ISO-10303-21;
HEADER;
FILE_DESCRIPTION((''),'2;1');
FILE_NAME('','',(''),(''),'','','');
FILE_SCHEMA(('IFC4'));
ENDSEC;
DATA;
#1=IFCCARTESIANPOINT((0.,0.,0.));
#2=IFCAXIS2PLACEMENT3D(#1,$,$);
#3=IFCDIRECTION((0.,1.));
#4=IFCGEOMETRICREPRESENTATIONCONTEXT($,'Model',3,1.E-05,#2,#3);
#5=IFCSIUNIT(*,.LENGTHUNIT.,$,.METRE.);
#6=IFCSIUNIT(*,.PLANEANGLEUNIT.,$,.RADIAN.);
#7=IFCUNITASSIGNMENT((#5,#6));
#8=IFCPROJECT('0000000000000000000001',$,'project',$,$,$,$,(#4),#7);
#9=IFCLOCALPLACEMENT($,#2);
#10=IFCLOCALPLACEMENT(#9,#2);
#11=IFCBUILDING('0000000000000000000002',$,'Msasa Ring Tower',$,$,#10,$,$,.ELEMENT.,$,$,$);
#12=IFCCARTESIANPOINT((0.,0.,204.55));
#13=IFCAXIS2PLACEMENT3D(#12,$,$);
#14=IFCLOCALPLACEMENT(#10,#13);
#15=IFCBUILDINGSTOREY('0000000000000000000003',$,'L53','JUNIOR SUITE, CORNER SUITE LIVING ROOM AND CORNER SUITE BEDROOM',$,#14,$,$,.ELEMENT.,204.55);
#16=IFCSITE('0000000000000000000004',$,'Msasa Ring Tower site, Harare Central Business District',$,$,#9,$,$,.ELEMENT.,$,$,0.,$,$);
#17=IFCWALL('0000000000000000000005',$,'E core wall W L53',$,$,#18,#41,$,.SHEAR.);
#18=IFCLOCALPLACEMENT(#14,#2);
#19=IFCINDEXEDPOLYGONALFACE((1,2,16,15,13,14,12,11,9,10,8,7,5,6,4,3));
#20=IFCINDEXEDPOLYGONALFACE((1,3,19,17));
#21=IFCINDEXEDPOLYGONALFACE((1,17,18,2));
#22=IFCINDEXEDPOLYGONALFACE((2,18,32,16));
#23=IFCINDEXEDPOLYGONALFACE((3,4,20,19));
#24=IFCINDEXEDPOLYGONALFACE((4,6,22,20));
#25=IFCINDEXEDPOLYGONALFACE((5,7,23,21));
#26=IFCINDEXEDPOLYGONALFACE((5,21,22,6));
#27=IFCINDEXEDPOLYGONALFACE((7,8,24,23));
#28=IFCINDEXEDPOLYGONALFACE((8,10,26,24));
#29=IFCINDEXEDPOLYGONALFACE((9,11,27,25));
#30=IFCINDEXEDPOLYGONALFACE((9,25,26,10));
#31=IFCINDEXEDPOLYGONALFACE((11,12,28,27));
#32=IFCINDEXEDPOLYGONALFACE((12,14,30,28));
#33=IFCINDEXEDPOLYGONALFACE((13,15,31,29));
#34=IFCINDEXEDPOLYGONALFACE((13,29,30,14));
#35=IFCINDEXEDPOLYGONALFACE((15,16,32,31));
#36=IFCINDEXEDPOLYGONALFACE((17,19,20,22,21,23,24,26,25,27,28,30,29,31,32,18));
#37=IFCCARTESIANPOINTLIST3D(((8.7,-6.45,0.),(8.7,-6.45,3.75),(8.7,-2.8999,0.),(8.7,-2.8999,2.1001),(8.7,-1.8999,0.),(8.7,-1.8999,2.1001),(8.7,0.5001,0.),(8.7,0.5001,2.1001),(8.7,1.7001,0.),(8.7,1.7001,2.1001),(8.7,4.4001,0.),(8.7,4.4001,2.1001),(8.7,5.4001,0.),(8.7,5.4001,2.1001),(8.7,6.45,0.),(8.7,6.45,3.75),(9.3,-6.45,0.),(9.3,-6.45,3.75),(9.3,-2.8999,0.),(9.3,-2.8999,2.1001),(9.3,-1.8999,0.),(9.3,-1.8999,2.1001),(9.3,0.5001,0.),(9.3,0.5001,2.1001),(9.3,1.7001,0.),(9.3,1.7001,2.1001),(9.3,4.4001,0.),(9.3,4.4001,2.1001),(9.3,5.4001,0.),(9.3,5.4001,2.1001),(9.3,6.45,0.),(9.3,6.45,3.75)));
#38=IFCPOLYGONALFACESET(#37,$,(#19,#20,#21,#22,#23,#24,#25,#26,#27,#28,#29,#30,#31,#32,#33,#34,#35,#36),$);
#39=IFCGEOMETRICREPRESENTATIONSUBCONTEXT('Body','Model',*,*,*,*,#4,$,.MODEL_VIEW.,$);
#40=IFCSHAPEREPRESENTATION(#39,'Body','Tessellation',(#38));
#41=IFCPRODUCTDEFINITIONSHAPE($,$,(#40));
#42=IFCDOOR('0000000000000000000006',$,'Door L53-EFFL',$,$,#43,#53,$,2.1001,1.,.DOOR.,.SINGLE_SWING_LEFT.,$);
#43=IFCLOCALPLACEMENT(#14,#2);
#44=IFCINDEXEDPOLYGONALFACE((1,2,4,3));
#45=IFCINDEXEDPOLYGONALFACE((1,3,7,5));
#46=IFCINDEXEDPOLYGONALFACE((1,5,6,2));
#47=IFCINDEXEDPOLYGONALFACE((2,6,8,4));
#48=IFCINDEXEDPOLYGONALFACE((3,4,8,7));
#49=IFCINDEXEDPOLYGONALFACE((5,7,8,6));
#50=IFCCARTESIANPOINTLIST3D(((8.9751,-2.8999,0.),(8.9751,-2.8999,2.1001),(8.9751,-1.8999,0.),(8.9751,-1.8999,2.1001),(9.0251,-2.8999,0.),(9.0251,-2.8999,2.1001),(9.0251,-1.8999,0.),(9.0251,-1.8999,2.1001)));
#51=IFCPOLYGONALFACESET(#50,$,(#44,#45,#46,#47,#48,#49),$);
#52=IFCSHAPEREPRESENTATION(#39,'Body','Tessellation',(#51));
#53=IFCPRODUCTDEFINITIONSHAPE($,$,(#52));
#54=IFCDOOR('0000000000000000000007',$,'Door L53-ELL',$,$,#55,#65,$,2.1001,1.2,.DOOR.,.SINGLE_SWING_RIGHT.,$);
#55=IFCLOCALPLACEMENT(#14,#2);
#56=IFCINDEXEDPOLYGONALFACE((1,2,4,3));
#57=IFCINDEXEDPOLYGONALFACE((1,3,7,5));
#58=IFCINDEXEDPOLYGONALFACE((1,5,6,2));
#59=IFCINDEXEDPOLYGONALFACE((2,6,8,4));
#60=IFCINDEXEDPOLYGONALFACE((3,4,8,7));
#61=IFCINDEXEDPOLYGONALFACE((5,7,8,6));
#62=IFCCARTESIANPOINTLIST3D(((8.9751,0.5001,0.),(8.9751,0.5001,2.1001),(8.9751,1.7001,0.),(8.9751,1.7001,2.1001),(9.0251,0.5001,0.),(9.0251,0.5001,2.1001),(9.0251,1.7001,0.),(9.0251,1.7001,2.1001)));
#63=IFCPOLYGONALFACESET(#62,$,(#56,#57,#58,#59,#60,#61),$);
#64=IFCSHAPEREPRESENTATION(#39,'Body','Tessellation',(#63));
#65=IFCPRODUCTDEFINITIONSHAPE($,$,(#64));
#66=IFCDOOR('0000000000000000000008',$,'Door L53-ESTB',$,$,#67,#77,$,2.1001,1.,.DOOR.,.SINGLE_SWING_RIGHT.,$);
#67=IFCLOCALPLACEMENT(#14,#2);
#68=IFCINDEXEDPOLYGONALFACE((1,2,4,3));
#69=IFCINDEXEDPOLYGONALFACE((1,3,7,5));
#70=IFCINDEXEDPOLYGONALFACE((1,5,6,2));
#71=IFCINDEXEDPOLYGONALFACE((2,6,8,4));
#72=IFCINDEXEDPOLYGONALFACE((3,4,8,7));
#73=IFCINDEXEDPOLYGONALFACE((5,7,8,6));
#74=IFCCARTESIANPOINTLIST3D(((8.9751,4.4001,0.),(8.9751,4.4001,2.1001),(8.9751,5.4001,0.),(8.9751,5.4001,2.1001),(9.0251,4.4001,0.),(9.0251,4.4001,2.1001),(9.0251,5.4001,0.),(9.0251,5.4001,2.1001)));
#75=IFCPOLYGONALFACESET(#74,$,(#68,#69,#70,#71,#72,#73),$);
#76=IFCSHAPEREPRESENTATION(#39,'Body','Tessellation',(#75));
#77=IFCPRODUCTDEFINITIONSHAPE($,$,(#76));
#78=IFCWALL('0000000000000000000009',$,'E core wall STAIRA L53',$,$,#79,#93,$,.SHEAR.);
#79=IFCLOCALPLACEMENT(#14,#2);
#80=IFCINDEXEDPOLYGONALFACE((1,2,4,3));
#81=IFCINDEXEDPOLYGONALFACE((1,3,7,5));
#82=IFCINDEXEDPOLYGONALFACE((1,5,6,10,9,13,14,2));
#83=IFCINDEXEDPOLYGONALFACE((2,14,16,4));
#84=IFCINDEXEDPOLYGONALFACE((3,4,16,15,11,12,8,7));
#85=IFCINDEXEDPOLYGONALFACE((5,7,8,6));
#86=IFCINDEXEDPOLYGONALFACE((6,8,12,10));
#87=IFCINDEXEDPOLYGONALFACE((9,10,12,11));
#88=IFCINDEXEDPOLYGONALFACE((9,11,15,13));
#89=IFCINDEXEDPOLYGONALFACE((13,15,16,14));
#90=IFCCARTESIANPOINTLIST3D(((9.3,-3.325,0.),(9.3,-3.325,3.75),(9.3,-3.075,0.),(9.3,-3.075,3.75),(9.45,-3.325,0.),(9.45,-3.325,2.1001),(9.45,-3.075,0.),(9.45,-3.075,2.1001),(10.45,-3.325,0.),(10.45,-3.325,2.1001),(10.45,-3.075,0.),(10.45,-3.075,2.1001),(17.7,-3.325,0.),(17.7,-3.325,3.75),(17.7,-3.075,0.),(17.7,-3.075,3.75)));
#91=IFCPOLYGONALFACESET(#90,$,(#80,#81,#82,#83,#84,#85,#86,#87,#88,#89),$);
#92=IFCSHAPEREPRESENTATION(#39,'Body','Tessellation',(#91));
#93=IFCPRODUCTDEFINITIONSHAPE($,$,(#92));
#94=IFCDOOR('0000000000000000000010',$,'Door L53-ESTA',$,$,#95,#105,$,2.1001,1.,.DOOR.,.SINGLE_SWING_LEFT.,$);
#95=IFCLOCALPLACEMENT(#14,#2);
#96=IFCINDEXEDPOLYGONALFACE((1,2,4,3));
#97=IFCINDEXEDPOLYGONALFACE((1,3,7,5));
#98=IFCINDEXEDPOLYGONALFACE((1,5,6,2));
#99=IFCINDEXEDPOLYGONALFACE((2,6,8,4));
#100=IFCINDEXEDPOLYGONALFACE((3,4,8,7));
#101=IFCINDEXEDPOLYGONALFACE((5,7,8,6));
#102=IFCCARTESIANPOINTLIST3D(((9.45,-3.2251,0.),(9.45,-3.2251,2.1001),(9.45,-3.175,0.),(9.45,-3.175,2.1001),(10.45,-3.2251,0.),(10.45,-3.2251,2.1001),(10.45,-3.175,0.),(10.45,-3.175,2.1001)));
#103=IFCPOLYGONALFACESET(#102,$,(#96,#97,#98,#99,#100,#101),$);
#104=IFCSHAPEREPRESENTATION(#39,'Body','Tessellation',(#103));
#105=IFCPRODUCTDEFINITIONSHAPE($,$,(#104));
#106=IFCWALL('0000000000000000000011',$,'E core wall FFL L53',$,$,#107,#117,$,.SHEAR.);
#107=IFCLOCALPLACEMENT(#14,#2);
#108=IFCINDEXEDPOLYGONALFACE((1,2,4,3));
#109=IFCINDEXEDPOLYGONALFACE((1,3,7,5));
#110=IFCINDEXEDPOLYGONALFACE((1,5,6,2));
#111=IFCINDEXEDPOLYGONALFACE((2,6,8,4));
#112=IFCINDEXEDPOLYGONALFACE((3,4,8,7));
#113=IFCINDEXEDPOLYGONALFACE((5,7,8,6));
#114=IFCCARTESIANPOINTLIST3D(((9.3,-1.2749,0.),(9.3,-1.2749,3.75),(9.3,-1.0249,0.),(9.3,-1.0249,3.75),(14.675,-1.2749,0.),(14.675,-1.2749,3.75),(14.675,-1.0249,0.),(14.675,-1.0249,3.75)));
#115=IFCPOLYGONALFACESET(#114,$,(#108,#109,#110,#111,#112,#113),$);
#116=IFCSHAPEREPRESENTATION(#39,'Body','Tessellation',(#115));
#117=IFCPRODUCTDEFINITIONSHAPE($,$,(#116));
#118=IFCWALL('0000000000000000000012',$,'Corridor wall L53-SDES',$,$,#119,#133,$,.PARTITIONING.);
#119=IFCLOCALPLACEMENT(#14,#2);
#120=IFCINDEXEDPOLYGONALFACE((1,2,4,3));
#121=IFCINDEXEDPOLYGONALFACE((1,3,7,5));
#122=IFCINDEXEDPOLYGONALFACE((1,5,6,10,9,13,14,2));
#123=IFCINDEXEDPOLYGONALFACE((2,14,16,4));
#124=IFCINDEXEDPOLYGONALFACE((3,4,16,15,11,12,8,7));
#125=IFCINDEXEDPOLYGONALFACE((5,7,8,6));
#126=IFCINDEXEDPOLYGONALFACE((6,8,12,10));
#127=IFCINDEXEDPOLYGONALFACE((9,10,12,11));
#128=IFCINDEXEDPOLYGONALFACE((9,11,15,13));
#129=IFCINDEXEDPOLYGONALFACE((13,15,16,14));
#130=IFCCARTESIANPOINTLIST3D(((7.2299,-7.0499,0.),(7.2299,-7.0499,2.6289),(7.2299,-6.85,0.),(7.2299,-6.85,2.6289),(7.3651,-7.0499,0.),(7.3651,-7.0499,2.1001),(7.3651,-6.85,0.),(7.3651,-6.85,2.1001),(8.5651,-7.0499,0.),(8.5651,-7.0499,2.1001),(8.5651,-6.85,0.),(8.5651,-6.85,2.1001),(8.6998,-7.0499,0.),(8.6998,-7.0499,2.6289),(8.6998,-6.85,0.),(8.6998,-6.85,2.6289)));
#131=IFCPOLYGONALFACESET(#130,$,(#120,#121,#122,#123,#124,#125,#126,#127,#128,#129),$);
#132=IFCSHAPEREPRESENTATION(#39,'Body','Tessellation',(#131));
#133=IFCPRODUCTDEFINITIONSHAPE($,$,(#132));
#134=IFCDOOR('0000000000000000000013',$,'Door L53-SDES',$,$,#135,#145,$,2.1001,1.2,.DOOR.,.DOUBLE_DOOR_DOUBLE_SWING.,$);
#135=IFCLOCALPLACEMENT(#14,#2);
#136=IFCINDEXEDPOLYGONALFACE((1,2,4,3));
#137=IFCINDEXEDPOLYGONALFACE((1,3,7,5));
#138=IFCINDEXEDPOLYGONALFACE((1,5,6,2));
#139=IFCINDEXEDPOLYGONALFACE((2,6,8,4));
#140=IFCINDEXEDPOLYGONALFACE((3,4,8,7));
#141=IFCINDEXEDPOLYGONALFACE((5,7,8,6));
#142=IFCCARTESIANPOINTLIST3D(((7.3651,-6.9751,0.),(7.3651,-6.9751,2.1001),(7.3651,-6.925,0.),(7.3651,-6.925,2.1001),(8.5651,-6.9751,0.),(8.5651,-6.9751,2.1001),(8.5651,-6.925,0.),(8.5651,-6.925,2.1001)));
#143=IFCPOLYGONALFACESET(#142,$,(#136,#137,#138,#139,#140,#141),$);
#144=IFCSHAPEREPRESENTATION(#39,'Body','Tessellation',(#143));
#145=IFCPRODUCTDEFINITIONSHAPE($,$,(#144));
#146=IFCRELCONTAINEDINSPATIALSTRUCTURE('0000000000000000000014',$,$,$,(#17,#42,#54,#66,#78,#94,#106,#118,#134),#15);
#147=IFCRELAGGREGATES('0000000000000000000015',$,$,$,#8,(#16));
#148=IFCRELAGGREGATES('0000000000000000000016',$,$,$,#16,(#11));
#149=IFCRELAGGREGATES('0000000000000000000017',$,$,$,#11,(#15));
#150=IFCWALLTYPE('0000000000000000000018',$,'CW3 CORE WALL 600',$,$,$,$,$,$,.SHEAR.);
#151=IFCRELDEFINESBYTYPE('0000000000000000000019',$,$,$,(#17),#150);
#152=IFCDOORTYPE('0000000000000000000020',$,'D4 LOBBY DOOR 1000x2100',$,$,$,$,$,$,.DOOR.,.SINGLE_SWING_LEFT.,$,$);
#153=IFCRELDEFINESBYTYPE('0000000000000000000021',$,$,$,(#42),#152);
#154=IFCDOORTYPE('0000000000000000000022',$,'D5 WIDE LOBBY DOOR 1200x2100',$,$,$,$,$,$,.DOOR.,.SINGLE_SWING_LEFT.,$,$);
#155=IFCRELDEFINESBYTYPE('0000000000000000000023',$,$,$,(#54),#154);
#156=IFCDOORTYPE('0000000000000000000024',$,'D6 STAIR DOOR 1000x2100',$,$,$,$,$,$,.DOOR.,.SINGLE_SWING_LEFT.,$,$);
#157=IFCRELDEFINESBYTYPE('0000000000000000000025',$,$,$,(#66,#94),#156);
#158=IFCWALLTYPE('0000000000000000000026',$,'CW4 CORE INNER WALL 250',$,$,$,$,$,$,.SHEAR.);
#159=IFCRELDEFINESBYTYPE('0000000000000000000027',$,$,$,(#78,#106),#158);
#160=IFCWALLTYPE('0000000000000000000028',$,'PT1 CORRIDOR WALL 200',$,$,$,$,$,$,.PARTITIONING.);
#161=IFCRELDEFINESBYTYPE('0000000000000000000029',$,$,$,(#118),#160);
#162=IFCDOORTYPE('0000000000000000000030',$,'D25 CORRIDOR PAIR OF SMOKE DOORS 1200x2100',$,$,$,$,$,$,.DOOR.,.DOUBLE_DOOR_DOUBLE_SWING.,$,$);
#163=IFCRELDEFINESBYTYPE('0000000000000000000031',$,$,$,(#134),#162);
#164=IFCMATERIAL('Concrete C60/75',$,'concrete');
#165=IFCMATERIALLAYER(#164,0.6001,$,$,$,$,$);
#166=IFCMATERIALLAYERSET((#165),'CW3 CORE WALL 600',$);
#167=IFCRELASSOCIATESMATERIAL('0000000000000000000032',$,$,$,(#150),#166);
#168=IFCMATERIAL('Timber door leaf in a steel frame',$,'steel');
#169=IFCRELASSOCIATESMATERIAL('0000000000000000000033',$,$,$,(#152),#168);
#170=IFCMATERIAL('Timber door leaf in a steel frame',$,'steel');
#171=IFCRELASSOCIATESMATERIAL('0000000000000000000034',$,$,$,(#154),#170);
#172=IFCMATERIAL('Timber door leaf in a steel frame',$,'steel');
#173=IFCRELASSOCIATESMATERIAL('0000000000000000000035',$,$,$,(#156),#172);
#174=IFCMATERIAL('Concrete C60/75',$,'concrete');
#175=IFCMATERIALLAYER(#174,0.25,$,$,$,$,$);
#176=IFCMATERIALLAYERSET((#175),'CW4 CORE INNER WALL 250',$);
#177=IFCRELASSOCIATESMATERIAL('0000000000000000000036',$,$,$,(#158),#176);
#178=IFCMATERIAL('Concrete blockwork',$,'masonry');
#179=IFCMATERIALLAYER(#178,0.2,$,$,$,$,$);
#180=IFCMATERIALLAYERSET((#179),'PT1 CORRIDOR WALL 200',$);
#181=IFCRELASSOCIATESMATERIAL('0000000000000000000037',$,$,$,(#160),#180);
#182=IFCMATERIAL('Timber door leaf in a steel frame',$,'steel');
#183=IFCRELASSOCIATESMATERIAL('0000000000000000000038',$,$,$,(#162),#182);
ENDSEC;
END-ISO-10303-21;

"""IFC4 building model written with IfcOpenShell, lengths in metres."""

from ifc_helpers import new_model, si_unit, direction, frame, frame_2d, origin, place, context, subcontext, project, spatial, rectangle, extrude, material, layer, layer_set, type_object, element, fill, save


model = new_model("IFC4")

# Units and contexts
model_context = context("Model", 3, precision=1e-05, world=origin(), true_north=direction((0.0, 1.0)))
body_context = subcontext(model_context, "Body", "Model", "MODEL_VIEW")
ifc_project = project(units=[si_unit("LENGTHUNIT", "METRE"), si_unit("PLANEANGLEUNIT", "RADIAN")], contexts=[model_context])

# Site, building, storey
site_placement = place(None, origin())
site = spatial("IfcSite", under=ifc_project, at=site_placement, Name="Msasa Ring Tower site, Harare Central Business District", CompositionType="ELEMENT", RefElevation=0.0)
building_placement = place(site_placement, origin())
building = spatial("IfcBuilding", under=site, at=building_placement, Name="Msasa Ring Tower", CompositionType="ELEMENT")
storey_placement = place(building_placement, frame((0.0, 0.0, 204.55)))
storey = spatial("IfcBuildingStorey", under=building, at=storey_placement, Name="L53", Description="JUNIOR SUITE, CORNER SUITE LIVING ROOM AND CORNER SUITE BEDROOM", CompositionType="ELEMENT", Elevation=204.55)

# Shared definitions
ifc_material_1 = material(Name="Concrete C60/75", Category="concrete")
ifc_layer_1 = layer(ifc_material_1, 0.6001)
ifc_layer_set_1 = layer_set([ifc_layer_1], Name="CW3 CORE WALL 600")
wall_type_1 = type_object("IfcWallType", Name="CW3 CORE WALL 600", PredefinedType="SHEAR", material=ifc_layer_set_1)

# Wall, openings, doors
wall_1_placement = place(storey_placement, frame((9.0, -6.45, 0.0), z_axis=(0.0, 0.0, 1.0), x_axis=(0.0, 1.0, 0.0)))
wall_1 = element("IfcWall", 1, at=wall_1_placement, inside=storey, type_object=wall_type_1, Name="E core wall W L53", PredefinedType="SHEAR", context=body_context, shape_type="SweptSolid", body=[
    extrude(rectangle(XDim=12.8999, YDim=0.6001, at=frame_2d((6.45, 0.0))), origin(), (0.0, 0.0, 1.0), 3.75),
])
opening_1_placement = place(wall_1_placement, frame((3.55, 0.0, 0.0)))
opening_1 = element("IfcOpeningElement", 2, at=opening_1_placement, cuts=wall_1, PredefinedType="OPENING", context=body_context, shape_type="SweptSolid", body=[
    extrude(rectangle(XDim=1.0, YDim=2.1001, at=frame_2d((0.5, 1.05))), frame((0.0, 0.3101, 0.0), z_axis=(0.0, -1.0, 0.0), x_axis=(1.0, 0.0, 0.0)), (0.0, 0.0, 1.0), 0.6201),
])
opening_2_placement = place(wall_1_placement, frame((6.95, 0.0, 0.0)))
opening_2 = element("IfcOpeningElement", 3, at=opening_2_placement, cuts=wall_1, PredefinedType="OPENING", context=body_context, shape_type="SweptSolid", body=[
    extrude(rectangle(XDim=1.2, YDim=2.1001, at=frame_2d((0.6001, 1.05))), frame((0.0, 0.3101, 0.0), z_axis=(0.0, -1.0, 0.0), x_axis=(1.0, 0.0, 0.0)), (0.0, 0.0, 1.0), 0.6201),
])
opening_3_placement = place(wall_1_placement, frame((10.8501, 0.0, 0.0)))
opening_3 = element("IfcOpeningElement", 4, at=opening_3_placement, cuts=wall_1, PredefinedType="OPENING", context=body_context, shape_type="SweptSolid", body=[
    extrude(rectangle(XDim=1.0, YDim=2.1001, at=frame_2d((0.5, 1.05))), frame((0.0, 0.3101, 0.0), z_axis=(0.0, -1.0, 0.0), x_axis=(1.0, 0.0, 0.0)), (0.0, 0.0, 1.0), 0.6201),
])
ifc_material_2 = material(Name="Timber door leaf in a steel frame", Category="steel")
door_type_1 = type_object("IfcDoorType", Name="D4 LOBBY DOOR 1000x2100", OperationType="SINGLE_SWING_LEFT", PredefinedType="DOOR", material=ifc_material_2)
door_1_placement = place(opening_1_placement, origin())
door_1 = element("IfcDoor", 5, at=door_1_placement, inside=storey, type_object=door_type_1, Name="Door L53-EFFL", OperationType="SINGLE_SWING_LEFT", OverallHeight=2.1001, OverallWidth=1.0, PredefinedType="DOOR", context=body_context, shape_type="SweptSolid", body=[
    extrude(rectangle(XDim=1.0, YDim=2.1001, at=frame_2d((0.5, 1.05))), frame((0.0, 0.0249, 0.0), z_axis=(0.0, -1.0, 0.0), x_axis=(1.0, 0.0, 0.0)), (0.0, 0.0, 1.0), 0.05),
])
fill(opening_1, door_1)
ifc_material_3 = material(Name="Timber door leaf in a steel frame", Category="steel")
door_type_2 = type_object("IfcDoorType", Name="D5 WIDE LOBBY DOOR 1200x2100", OperationType="SINGLE_SWING_LEFT", PredefinedType="DOOR", material=ifc_material_3)
door_2_placement = place(opening_2_placement, origin())
door_2 = element("IfcDoor", 6, at=door_2_placement, inside=storey, type_object=door_type_2, Name="Door L53-ELL", OperationType="SINGLE_SWING_RIGHT", OverallHeight=2.1001, OverallWidth=1.2, PredefinedType="DOOR", context=body_context, shape_type="SweptSolid", body=[
    extrude(rectangle(XDim=1.2, YDim=2.1001, at=frame_2d((0.6001, 1.05))), frame((0.0, 0.0249, 0.0), z_axis=(0.0, -1.0, 0.0), x_axis=(1.0, 0.0, 0.0)), (0.0, 0.0, 1.0), 0.05),
])
fill(opening_2, door_2)
ifc_material_4 = material(Name="Timber door leaf in a steel frame", Category="steel")
door_type_3 = type_object("IfcDoorType", Name="D6 STAIR DOOR 1000x2100", OperationType="SINGLE_SWING_LEFT", PredefinedType="DOOR", material=ifc_material_4)
door_3_placement = place(opening_3_placement, origin())
door_3 = element("IfcDoor", 7, at=door_3_placement, inside=storey, type_object=door_type_3, Name="Door L53-ESTB", OperationType="SINGLE_SWING_RIGHT", OverallHeight=2.1001, OverallWidth=1.0, PredefinedType="DOOR", context=body_context, shape_type="SweptSolid", body=[
    extrude(rectangle(XDim=1.0, YDim=2.1001, at=frame_2d((0.5, 1.05))), frame((0.0, 0.0249, 0.0), z_axis=(0.0, -1.0, 0.0), x_axis=(1.0, 0.0, 0.0)), (0.0, 0.0, 1.0), 0.05),
])
fill(opening_3, door_3)

# Wall, opening, door
ifc_material_5 = material(Name="Concrete C60/75", Category="concrete")
ifc_layer_2 = layer(ifc_material_5, 0.25)
ifc_layer_set_2 = layer_set([ifc_layer_2], Name="CW4 CORE INNER WALL 250")
wall_type_2 = type_object("IfcWallType", Name="CW4 CORE INNER WALL 250", PredefinedType="SHEAR", material=ifc_layer_set_2)
wall_2_placement = place(storey_placement, frame((9.3, -3.2, 0.0), z_axis=(0.0, 0.0, 1.0), x_axis=(1.0, 0.0, 0.0)))
wall_2 = element("IfcWall", 8, at=wall_2_placement, inside=storey, type_object=wall_type_2, Name="E core wall STAIRA L53", PredefinedType="SHEAR", context=body_context, shape_type="SweptSolid", body=[
    extrude(rectangle(XDim=8.3999, YDim=0.25, at=frame_2d((4.2, 0.0))), origin(), (0.0, 0.0, 1.0), 3.75),
])
opening_4_placement = place(wall_2_placement, frame((0.1499, 0.0, 0.0)))
opening_4 = element("IfcOpeningElement", 9, at=opening_4_placement, cuts=wall_2, PredefinedType="OPENING", context=body_context, shape_type="SweptSolid", body=[
    extrude(rectangle(XDim=1.0, YDim=2.1001, at=frame_2d((0.5, 1.05))), frame((0.0, 0.135, 0.0), z_axis=(0.0, -1.0, 0.0), x_axis=(1.0, 0.0, 0.0)), (0.0, 0.0, 1.0), 0.27),
])
door_4_placement = place(opening_4_placement, origin())
door_4 = element("IfcDoor", 10, at=door_4_placement, inside=storey, type_object=door_type_3, Name="Door L53-ESTA", OperationType="SINGLE_SWING_LEFT", OverallHeight=2.1001, OverallWidth=1.0, PredefinedType="DOOR", context=body_context, shape_type="SweptSolid", body=[
    extrude(rectangle(XDim=1.0, YDim=2.1001, at=frame_2d((0.5, 1.05))), frame((0.0, 0.0249, 0.0), z_axis=(0.0, -1.0, 0.0), x_axis=(1.0, 0.0, 0.0)), (0.0, 0.0, 1.0), 0.05),
])
fill(opening_4, door_4)

# Wall
wall_3_placement = place(storey_placement, frame((9.3, -1.1499, 0.0), z_axis=(0.0, 0.0, 1.0), x_axis=(1.0, 0.0, 0.0)))
element("IfcWall", 11, at=wall_3_placement, inside=storey, type_object=wall_type_2, Name="E core wall FFL L53", PredefinedType="SHEAR", context=body_context, shape_type="SweptSolid", body=[
    extrude(rectangle(XDim=5.375, YDim=0.25, at=frame_2d((2.6875, 0.0))), origin(), (0.0, 0.0, 1.0), 3.75),
])

# Wall, opening, door
ifc_material_6 = material(Name="Concrete blockwork", Category="masonry")
ifc_layer_3 = layer(ifc_material_6, 0.2)
ifc_layer_set_3 = layer_set([ifc_layer_3], Name="PT1 CORRIDOR WALL 200")
wall_type_3 = type_object("IfcWallType", Name="PT1 CORRIDOR WALL 200", PredefinedType="PARTITIONING", material=ifc_layer_set_3)
wall_4_placement = place(storey_placement, frame((7.23, -6.95, 0.0), z_axis=(0.0, 0.0, 1.0), x_axis=(1.0, 0.0, 0.0)))
wall_4 = element("IfcWall", 12, at=wall_4_placement, inside=storey, type_object=wall_type_3, Name="Corridor wall L53-SDES", PredefinedType="PARTITIONING", context=body_context, shape_type="SweptSolid", body=[
    extrude(rectangle(XDim=1.47, YDim=0.2, at=frame_2d((0.7349, 0.0))), origin(), (0.0, 0.0, 1.0), 2.6289),
])
opening_5_placement = place(wall_4_placement, frame((0.135, 0.0, 0.0)))
opening_5 = element("IfcOpeningElement", 13, at=opening_5_placement, cuts=wall_4, PredefinedType="OPENING", context=body_context, shape_type="SweptSolid", body=[
    extrude(rectangle(XDim=1.2, YDim=2.1001, at=frame_2d((0.6001, 1.05))), frame((0.0, 0.1099, 0.0), z_axis=(0.0, -1.0, 0.0), x_axis=(1.0, 0.0, 0.0)), (0.0, 0.0, 1.0), 0.22),
])
ifc_material_7 = material(Name="Timber door leaf in a steel frame", Category="steel")
door_type_4 = type_object("IfcDoorType", Name="D25 CORRIDOR PAIR OF SMOKE DOORS 1200x2100", OperationType="DOUBLE_DOOR_DOUBLE_SWING", PredefinedType="DOOR", material=ifc_material_7)
door_5_placement = place(opening_5_placement, origin())
door_5 = element("IfcDoor", 14, at=door_5_placement, inside=storey, type_object=door_type_4, Name="Door L53-SDES", OperationType="DOUBLE_DOOR_DOUBLE_SWING", OverallHeight=2.1001, OverallWidth=1.2, PredefinedType="DOOR", context=body_context, shape_type="SweptSolid", body=[
    extrude(rectangle(XDim=1.2, YDim=2.1001, at=frame_2d((0.6001, 1.05))), frame((0.0, 0.0249, 0.0), z_axis=(0.0, -1.0, 0.0), x_axis=(1.0, 0.0, 0.0)), (0.0, 0.0, 1.0), 0.05),
])
fill(opening_5, door_5)

save(model, "model.ifc")
